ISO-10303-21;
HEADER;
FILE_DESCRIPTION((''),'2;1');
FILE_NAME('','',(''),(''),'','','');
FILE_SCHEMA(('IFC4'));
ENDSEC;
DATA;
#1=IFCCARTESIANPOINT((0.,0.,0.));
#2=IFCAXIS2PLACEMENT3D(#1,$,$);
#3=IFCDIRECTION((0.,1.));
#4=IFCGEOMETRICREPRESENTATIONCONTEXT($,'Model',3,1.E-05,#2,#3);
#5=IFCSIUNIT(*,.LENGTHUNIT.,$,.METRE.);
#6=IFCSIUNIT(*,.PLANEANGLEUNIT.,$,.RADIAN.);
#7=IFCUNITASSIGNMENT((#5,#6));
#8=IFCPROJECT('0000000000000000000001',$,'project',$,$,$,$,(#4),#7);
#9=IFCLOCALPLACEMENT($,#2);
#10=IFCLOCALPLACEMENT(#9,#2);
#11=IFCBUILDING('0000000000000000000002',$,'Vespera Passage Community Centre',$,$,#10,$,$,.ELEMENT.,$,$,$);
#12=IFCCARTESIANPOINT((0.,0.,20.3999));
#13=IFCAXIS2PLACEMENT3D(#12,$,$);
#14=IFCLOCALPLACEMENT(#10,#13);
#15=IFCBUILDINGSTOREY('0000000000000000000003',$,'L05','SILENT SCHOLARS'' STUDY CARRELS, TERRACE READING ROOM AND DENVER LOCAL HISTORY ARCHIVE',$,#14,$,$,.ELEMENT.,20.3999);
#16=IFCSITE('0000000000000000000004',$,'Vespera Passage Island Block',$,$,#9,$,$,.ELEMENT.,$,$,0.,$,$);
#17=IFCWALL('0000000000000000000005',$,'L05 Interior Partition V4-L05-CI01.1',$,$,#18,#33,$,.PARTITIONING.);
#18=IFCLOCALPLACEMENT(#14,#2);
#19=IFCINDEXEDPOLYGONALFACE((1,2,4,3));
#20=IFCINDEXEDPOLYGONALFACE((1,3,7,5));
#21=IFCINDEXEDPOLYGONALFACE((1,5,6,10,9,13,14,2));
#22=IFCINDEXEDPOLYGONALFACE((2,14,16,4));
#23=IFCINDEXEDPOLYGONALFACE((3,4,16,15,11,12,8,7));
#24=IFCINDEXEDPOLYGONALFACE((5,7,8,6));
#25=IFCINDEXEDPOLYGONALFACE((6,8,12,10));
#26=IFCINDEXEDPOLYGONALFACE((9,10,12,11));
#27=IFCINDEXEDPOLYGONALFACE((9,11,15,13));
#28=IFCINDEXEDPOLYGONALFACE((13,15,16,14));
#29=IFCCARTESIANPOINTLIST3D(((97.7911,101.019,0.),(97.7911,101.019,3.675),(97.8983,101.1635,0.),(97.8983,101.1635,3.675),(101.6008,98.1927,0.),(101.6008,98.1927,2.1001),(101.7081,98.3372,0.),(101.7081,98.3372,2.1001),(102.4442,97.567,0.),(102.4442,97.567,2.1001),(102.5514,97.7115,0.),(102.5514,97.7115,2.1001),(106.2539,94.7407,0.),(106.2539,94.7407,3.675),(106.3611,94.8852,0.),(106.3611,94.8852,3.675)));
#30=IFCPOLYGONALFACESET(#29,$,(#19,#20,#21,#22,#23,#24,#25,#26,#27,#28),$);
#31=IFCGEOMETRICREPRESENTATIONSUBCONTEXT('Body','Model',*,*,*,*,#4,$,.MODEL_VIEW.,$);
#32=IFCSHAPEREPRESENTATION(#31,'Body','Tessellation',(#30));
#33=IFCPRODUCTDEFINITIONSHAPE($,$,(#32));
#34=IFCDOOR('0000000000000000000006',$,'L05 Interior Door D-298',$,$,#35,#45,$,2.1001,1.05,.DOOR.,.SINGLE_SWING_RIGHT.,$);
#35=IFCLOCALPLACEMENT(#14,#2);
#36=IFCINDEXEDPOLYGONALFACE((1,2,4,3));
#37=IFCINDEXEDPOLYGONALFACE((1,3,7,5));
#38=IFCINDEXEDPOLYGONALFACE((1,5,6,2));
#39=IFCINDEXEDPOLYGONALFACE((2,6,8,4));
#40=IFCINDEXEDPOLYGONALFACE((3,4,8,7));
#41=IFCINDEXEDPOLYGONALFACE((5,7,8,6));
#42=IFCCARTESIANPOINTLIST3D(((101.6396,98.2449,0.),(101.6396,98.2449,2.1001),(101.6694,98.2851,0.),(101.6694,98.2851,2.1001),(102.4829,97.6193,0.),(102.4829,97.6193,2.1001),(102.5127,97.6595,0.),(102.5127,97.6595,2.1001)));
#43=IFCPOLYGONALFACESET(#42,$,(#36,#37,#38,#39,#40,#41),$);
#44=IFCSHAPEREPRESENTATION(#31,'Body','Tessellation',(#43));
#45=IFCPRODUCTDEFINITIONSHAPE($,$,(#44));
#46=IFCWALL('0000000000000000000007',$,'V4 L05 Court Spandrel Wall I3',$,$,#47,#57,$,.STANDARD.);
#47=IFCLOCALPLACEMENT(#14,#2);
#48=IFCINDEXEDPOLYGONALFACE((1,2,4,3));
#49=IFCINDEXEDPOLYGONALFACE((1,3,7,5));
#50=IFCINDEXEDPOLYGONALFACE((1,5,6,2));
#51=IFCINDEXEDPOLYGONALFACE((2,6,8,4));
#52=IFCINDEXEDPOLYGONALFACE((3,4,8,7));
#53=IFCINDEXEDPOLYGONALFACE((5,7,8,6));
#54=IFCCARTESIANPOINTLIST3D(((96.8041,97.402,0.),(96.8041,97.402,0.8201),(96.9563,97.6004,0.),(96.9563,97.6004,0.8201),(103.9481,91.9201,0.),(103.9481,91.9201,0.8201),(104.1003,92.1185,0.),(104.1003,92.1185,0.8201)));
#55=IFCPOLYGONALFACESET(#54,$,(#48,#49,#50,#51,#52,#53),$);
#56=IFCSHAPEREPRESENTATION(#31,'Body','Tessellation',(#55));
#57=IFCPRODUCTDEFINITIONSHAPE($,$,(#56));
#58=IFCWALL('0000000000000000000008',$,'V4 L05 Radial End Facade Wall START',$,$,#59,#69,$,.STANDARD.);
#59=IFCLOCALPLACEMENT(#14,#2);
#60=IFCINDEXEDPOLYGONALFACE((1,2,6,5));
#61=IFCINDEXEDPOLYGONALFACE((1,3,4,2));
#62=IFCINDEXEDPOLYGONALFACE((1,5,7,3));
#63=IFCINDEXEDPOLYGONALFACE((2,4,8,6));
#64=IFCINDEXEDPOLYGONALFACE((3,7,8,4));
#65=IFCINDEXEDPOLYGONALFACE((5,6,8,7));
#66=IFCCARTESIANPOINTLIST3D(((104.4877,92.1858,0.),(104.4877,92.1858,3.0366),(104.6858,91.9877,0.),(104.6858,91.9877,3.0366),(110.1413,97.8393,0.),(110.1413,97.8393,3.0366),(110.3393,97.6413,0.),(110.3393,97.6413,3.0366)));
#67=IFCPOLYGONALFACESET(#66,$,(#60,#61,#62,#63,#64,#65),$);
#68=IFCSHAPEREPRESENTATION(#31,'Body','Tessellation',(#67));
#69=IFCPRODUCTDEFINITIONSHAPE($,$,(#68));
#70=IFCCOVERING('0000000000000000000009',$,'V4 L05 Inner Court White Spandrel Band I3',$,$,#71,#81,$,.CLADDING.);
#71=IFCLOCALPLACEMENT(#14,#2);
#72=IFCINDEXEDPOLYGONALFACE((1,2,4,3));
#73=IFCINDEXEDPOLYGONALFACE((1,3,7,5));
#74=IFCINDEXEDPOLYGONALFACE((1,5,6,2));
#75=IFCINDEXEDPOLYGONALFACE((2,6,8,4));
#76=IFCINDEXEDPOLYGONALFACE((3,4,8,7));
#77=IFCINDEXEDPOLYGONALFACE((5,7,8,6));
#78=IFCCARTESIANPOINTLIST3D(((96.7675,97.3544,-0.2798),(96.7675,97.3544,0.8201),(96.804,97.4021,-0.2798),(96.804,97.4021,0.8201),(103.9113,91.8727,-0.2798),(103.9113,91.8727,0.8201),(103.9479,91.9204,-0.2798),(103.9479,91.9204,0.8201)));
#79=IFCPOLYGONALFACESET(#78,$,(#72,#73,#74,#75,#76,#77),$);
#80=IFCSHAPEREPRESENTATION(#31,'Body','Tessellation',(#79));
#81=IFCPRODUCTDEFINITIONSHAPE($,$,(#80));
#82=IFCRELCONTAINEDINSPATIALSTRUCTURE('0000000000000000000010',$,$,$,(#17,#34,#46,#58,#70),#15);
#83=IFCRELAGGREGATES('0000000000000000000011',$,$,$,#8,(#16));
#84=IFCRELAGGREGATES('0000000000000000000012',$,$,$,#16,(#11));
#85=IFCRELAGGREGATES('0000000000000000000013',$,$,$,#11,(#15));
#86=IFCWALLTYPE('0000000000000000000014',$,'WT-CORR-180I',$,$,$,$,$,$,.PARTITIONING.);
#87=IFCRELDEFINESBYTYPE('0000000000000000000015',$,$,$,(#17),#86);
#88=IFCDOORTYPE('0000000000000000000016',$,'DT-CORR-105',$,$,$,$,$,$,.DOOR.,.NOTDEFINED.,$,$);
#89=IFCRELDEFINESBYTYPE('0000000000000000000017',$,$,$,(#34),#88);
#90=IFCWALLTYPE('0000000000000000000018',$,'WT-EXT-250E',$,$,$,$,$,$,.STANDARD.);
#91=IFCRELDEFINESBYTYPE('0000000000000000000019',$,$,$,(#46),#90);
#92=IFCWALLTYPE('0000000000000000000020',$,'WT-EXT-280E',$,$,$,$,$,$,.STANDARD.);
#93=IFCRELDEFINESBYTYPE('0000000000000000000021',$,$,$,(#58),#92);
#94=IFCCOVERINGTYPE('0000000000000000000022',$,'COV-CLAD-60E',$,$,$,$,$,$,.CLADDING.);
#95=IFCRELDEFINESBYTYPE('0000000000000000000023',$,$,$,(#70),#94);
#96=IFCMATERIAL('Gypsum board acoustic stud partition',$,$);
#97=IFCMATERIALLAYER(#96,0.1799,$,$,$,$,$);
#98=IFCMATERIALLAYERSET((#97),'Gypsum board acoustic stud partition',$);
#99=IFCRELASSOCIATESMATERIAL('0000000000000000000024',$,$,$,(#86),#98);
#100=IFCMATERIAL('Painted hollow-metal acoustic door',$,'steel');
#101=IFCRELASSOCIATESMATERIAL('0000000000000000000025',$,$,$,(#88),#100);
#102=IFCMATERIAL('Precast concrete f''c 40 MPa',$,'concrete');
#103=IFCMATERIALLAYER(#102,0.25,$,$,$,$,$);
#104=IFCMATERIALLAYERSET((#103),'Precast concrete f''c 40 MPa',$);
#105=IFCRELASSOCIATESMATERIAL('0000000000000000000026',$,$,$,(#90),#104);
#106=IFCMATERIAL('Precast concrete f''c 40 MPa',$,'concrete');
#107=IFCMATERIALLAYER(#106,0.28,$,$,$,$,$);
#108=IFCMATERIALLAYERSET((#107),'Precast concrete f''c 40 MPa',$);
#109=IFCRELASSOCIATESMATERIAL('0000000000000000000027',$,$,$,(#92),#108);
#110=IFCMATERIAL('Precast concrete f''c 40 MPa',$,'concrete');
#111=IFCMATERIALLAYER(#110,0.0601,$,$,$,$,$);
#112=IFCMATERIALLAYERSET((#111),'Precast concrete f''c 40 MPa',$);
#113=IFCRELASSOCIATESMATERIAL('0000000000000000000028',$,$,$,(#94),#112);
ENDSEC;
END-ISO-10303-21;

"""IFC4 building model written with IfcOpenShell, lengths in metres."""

from ifc_helpers import new_model, si_unit, direction, frame, frame_2d, origin, place, context, subcontext, project, spatial, rectangle, extrude, material, layer, layer_set, type_object, element, fill, save


model = new_model("IFC4")

# Units and contexts
model_context = context("Model", 3, precision=1e-05, world=origin(), true_north=direction((0.0, 1.0)))
body_context = subcontext(model_context, "Body", "Model", "MODEL_VIEW")
ifc_project = project(units=[si_unit("LENGTHUNIT", "METRE"), si_unit("PLANEANGLEUNIT", "RADIAN")], contexts=[model_context])

# Site, building, storey
site_placement = place(None, origin())
site = spatial("IfcSite", under=ifc_project, at=site_placement, Name="Vespera Passage Island Block", CompositionType="ELEMENT", RefElevation=0.0)
building_placement = place(site_placement, origin())
building = spatial("IfcBuilding", under=site, at=building_placement, Name="Vespera Passage Community Centre", CompositionType="ELEMENT")
storey_placement = place(building_placement, frame((0.0, 0.0, 20.3999)))
storey = spatial("IfcBuildingStorey", under=building, at=storey_placement, Name="L05", Description="SILENT SCHOLARS' STUDY CARRELS, TERRACE READING ROOM AND DENVER LOCAL HISTORY ARCHIVE", CompositionType="ELEMENT", Elevation=20.3999)

# Wall, opening, door
ifc_material_1 = material(Name="Gypsum board acoustic stud partition")
ifc_layer_1 = layer(ifc_material_1, 0.1799)
ifc_layer_set_1 = layer_set([ifc_layer_1], Name="Gypsum board acoustic stud partition")
wall_type_1 = type_object("IfcWallType", Name="WT-CORR-180I", PredefinedType="PARTITIONING", material=ifc_layer_set_1)
wall_1_placement = place(storey_placement, frame((106.3074, 94.813, 0.0), z_axis=(0.0, 0.0, 1.0), x_axis=(-0.803117, 0.595821, 0.0)))
wall_1 = element("IfcWall", 1, at=wall_1_placement, inside=storey, type_object=wall_type_1, Name="L05 Interior Partition V4-L05-CI01.1", PredefinedType="PARTITIONING", context=body_context, shape_type="SweptSolid", body=[
    extrude(rectangle(XDim=10.5374, YDim=0.1799, at=frame_2d((5.2686, 0.0))), origin(), (0.0, 0.0, 1.0), 3.675),
])
opening_1_placement = place(wall_1_placement, frame((4.7437, 0.0, 0.0)))
opening_1 = element("IfcOpeningElement", 2, at=opening_1_placement, cuts=wall_1, PredefinedType="OPENING", context=body_context, shape_type="SweptSolid", body=[
    extrude(rectangle(XDim=1.05, YDim=2.1001, at=frame_2d((0.5249, 1.05))), frame((0.0, 0.0999, 0.0), z_axis=(0.0, -1.0, 0.0), x_axis=(1.0, 0.0, 0.0)), (0.0, 0.0, 1.0), 0.2),
])
ifc_material_2 = material(Name="Painted hollow-metal acoustic door", Category="steel")
door_type_1 = type_object("IfcDoorType", Name="DT-CORR-105", OperationType="NOTDEFINED", PredefinedType="DOOR", material=ifc_material_2)
door_1_placement = place(opening_1_placement, origin())
door_1 = element("IfcDoor", 3, at=door_1_placement, inside=storey, type_object=door_type_1, Name="L05 Interior Door D-298", OperationType="SINGLE_SWING_RIGHT", OverallHeight=2.1001, OverallWidth=1.05, PredefinedType="DOOR", context=body_context, shape_type="SweptSolid", body=[
    extrude(rectangle(XDim=1.05, YDim=2.1001, at=frame_2d((0.5249, 1.05))), frame((0.0, 0.0249, 0.0), z_axis=(0.0, -1.0, 0.0), x_axis=(1.0, 0.0, 0.0)), (0.0, 0.0, 1.0), 0.05),
])
fill(opening_1, door_1)

# Walls
ifc_material_3 = material(Name="Precast concrete f'c 40 MPa", Category="concrete")
ifc_layer_2 = layer(ifc_material_3, 0.25)
ifc_layer_set_2 = layer_set([ifc_layer_2], Name="Precast concrete f'c 40 MPa")
wall_type_2 = type_object("IfcWallType", Name="WT-EXT-250E", PredefinedType="STANDARD", material=ifc_layer_set_2)
wall_2_placement = place(storey_placement, frame((104.0242, 92.0193, 0.0), z_axis=(0.0, 0.0, 1.0), x_axis=(-0.793347, 0.60877, 0.0)))
element("IfcWall", 4, at=wall_2_placement, inside=storey, type_object=wall_type_2, Name="V4 L05 Court Spandrel Wall I3", PredefinedType="STANDARD", context=body_context, shape_type="SweptSolid", body=[
    extrude(rectangle(XDim=9.0049, YDim=0.25, at=frame_2d((4.5024, 0.0))), origin(), (0.0, 0.0, 1.0), 0.8201),
])
ifc_material_4 = material(Name="Precast concrete f'c 40 MPa", Category="concrete")
ifc_layer_3 = layer(ifc_material_4, 0.28)
ifc_layer_set_3 = layer_set([ifc_layer_3], Name="Precast concrete f'c 40 MPa")
wall_type_3 = type_object("IfcWallType", Name="WT-EXT-280E", PredefinedType="STANDARD", material=ifc_layer_set_3)
wall_3_placement = place(storey_placement, frame((110.2402, 97.7402, 0.0), z_axis=(0.0, 0.0, 1.0), x_axis=(-0.707107, -0.707107, 0.0)))
element("IfcWall", 5, at=wall_3_placement, inside=storey, type_object=wall_type_3, Name="V4 L05 Radial End Facade Wall START", PredefinedType="STANDARD", context=body_context, shape_type="SweptSolid", body=[
    extrude(rectangle(XDim=7.9954, YDim=0.28, at=frame_2d((3.9976, 0.0))), origin(), (0.0, 0.0, 1.0), 3.0366),
])

# Covering
ifc_material_5 = material(Name="Precast concrete f'c 40 MPa", Category="concrete")
ifc_layer_4 = layer(ifc_material_5, 0.0601)
ifc_layer_set_4 = layer_set([ifc_layer_4], Name="Precast concrete f'c 40 MPa")
covering_type = type_object("IfcCoveringType", Name="COV-CLAD-60E", PredefinedType="CLADDING", material=ifc_layer_set_4)
covering_placement = place(storey_placement, frame((103.9297, 91.8965, -0.2798), z_axis=(0.0, 0.0, 1.0), x_axis=(-0.79335, 0.608766, 0.0)))
element("IfcCovering", 6, at=covering_placement, inside=storey, type_object=covering_type, Name="V4 L05 Inner Court White Spandrel Band I3", PredefinedType="CLADDING", context=body_context, shape_type="SweptSolid", body=[
    extrude(rectangle(XDim=9.0046, YDim=0.0601, at=frame_2d((4.5024, 0.0))), origin(), (0.0, 0.0, 1.0), 1.0999),
])

save(model, "model.ifc")
